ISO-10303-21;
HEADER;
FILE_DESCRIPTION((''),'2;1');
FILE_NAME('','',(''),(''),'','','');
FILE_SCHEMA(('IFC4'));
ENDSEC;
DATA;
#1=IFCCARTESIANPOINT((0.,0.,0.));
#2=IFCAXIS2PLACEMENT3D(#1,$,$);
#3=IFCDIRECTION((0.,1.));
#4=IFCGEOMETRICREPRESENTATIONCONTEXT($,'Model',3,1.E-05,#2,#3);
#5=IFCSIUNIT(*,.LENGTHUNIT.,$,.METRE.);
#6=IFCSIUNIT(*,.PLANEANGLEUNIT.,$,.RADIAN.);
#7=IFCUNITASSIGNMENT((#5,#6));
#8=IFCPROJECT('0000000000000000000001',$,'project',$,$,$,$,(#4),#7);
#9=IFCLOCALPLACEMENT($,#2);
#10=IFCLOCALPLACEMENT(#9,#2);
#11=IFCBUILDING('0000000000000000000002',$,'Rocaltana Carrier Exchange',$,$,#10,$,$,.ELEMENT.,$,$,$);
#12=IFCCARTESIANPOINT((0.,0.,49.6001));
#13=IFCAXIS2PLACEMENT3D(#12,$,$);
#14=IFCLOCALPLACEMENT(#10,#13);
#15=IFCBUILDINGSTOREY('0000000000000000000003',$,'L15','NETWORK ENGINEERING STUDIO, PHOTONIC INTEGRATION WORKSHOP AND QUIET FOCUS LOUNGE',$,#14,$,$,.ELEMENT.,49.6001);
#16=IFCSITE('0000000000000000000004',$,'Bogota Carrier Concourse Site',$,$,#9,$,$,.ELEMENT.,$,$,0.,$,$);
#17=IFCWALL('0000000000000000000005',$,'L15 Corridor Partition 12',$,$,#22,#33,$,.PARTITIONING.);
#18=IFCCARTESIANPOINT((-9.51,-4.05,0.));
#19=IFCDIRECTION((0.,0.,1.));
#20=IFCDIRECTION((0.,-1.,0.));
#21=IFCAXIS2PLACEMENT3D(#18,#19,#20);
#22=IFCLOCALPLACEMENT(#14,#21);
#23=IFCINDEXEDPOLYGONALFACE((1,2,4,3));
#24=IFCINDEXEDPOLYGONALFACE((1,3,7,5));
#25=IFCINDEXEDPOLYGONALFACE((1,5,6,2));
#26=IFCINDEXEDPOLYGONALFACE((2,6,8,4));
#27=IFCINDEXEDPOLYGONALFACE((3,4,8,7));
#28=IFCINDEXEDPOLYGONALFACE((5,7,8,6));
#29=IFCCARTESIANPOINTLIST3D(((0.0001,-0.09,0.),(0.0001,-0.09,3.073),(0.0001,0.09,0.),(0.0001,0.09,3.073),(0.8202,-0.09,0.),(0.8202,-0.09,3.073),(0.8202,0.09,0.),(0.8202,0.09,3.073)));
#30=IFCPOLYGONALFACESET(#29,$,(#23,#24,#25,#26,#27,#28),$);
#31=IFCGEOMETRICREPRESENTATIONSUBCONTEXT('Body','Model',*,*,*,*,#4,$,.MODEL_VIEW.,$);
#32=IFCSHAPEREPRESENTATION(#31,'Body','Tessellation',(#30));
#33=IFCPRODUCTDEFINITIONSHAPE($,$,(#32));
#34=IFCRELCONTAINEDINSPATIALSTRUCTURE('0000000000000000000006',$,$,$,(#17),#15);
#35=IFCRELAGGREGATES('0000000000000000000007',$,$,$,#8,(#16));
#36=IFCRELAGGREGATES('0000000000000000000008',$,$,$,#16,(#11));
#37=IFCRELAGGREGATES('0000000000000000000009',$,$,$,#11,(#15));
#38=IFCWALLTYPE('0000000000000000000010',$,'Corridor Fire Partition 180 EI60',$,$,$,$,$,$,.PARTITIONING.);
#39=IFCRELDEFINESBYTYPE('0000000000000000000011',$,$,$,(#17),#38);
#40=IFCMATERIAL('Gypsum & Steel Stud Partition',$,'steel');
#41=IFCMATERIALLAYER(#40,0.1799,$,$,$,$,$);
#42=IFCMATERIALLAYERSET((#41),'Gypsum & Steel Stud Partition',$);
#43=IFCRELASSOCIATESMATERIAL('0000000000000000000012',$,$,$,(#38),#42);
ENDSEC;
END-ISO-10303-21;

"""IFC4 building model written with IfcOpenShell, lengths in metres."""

from ifc_helpers import new_model, si_unit, direction, frame, frame_2d, origin, place, context, subcontext, project, spatial, rectangle, extrude, material, layer, layer_set, type_object, element, save


model = new_model("IFC4")

# Units and contexts
model_context = context("Model", 3, precision=1e-05, world=origin(), true_north=direction((0.0, 1.0)))
body_context = subcontext(model_context, "Body", "Model", "MODEL_VIEW")
ifc_project = project(units=[si_unit("LENGTHUNIT", "METRE"), si_unit("PLANEANGLEUNIT", "RADIAN")], contexts=[model_context])

# Site, building, storey
site_placement = place(None, origin())
site = spatial("IfcSite", under=ifc_project, at=site_placement, Name="Bogota Carrier Concourse Site", CompositionType="ELEMENT", RefElevation=0.0)
building_placement = place(site_placement, origin())
building = spatial("IfcBuilding", under=site, at=building_placement, Name="Rocaltana Carrier Exchange", CompositionType="ELEMENT")
storey_placement = place(building_placement, frame((0.0, 0.0, 49.6001)))
storey = spatial("IfcBuildingStorey", under=building, at=storey_placement, Name="L15", Description="NETWORK ENGINEERING STUDIO, PHOTONIC INTEGRATION WORKSHOP AND QUIET FOCUS LOUNGE", CompositionType="ELEMENT", Elevation=49.6001)

# Shared definitions
ifc_material_1 = material(Name="Gypsum & Steel Stud Partition", Category="steel")
ifc_layer_1 = layer(ifc_material_1, 0.1799)
ifc_layer_set_1 = layer_set([ifc_layer_1], Name="Gypsum & Steel Stud Partition")
wall_type_1 = type_object("IfcWallType", Name="Corridor Fire Partition 180 EI60", PredefinedType="PARTITIONING", material=ifc_layer_set_1)

# Wall
wall_1_placement = place(storey_placement, frame((-9.51, -4.05, 0.0), z_axis=(0.0, 0.0, 1.0), x_axis=(0.0, -1.0, 0.0)))
element("IfcWall", 1, at=wall_1_placement, inside=storey, type_object=wall_type_1, Name="L15 Corridor Partition 12", PredefinedType="PARTITIONING", context=body_context, shape_type="SweptSolid", body=[
    extrude(rectangle(XDim=0.8201, YDim=0.1799, at=frame_2d((0.4102, 0.0))), origin(), (0.0, 0.0, 1.0), 3.073),
])

save(model, "model.ifc")
